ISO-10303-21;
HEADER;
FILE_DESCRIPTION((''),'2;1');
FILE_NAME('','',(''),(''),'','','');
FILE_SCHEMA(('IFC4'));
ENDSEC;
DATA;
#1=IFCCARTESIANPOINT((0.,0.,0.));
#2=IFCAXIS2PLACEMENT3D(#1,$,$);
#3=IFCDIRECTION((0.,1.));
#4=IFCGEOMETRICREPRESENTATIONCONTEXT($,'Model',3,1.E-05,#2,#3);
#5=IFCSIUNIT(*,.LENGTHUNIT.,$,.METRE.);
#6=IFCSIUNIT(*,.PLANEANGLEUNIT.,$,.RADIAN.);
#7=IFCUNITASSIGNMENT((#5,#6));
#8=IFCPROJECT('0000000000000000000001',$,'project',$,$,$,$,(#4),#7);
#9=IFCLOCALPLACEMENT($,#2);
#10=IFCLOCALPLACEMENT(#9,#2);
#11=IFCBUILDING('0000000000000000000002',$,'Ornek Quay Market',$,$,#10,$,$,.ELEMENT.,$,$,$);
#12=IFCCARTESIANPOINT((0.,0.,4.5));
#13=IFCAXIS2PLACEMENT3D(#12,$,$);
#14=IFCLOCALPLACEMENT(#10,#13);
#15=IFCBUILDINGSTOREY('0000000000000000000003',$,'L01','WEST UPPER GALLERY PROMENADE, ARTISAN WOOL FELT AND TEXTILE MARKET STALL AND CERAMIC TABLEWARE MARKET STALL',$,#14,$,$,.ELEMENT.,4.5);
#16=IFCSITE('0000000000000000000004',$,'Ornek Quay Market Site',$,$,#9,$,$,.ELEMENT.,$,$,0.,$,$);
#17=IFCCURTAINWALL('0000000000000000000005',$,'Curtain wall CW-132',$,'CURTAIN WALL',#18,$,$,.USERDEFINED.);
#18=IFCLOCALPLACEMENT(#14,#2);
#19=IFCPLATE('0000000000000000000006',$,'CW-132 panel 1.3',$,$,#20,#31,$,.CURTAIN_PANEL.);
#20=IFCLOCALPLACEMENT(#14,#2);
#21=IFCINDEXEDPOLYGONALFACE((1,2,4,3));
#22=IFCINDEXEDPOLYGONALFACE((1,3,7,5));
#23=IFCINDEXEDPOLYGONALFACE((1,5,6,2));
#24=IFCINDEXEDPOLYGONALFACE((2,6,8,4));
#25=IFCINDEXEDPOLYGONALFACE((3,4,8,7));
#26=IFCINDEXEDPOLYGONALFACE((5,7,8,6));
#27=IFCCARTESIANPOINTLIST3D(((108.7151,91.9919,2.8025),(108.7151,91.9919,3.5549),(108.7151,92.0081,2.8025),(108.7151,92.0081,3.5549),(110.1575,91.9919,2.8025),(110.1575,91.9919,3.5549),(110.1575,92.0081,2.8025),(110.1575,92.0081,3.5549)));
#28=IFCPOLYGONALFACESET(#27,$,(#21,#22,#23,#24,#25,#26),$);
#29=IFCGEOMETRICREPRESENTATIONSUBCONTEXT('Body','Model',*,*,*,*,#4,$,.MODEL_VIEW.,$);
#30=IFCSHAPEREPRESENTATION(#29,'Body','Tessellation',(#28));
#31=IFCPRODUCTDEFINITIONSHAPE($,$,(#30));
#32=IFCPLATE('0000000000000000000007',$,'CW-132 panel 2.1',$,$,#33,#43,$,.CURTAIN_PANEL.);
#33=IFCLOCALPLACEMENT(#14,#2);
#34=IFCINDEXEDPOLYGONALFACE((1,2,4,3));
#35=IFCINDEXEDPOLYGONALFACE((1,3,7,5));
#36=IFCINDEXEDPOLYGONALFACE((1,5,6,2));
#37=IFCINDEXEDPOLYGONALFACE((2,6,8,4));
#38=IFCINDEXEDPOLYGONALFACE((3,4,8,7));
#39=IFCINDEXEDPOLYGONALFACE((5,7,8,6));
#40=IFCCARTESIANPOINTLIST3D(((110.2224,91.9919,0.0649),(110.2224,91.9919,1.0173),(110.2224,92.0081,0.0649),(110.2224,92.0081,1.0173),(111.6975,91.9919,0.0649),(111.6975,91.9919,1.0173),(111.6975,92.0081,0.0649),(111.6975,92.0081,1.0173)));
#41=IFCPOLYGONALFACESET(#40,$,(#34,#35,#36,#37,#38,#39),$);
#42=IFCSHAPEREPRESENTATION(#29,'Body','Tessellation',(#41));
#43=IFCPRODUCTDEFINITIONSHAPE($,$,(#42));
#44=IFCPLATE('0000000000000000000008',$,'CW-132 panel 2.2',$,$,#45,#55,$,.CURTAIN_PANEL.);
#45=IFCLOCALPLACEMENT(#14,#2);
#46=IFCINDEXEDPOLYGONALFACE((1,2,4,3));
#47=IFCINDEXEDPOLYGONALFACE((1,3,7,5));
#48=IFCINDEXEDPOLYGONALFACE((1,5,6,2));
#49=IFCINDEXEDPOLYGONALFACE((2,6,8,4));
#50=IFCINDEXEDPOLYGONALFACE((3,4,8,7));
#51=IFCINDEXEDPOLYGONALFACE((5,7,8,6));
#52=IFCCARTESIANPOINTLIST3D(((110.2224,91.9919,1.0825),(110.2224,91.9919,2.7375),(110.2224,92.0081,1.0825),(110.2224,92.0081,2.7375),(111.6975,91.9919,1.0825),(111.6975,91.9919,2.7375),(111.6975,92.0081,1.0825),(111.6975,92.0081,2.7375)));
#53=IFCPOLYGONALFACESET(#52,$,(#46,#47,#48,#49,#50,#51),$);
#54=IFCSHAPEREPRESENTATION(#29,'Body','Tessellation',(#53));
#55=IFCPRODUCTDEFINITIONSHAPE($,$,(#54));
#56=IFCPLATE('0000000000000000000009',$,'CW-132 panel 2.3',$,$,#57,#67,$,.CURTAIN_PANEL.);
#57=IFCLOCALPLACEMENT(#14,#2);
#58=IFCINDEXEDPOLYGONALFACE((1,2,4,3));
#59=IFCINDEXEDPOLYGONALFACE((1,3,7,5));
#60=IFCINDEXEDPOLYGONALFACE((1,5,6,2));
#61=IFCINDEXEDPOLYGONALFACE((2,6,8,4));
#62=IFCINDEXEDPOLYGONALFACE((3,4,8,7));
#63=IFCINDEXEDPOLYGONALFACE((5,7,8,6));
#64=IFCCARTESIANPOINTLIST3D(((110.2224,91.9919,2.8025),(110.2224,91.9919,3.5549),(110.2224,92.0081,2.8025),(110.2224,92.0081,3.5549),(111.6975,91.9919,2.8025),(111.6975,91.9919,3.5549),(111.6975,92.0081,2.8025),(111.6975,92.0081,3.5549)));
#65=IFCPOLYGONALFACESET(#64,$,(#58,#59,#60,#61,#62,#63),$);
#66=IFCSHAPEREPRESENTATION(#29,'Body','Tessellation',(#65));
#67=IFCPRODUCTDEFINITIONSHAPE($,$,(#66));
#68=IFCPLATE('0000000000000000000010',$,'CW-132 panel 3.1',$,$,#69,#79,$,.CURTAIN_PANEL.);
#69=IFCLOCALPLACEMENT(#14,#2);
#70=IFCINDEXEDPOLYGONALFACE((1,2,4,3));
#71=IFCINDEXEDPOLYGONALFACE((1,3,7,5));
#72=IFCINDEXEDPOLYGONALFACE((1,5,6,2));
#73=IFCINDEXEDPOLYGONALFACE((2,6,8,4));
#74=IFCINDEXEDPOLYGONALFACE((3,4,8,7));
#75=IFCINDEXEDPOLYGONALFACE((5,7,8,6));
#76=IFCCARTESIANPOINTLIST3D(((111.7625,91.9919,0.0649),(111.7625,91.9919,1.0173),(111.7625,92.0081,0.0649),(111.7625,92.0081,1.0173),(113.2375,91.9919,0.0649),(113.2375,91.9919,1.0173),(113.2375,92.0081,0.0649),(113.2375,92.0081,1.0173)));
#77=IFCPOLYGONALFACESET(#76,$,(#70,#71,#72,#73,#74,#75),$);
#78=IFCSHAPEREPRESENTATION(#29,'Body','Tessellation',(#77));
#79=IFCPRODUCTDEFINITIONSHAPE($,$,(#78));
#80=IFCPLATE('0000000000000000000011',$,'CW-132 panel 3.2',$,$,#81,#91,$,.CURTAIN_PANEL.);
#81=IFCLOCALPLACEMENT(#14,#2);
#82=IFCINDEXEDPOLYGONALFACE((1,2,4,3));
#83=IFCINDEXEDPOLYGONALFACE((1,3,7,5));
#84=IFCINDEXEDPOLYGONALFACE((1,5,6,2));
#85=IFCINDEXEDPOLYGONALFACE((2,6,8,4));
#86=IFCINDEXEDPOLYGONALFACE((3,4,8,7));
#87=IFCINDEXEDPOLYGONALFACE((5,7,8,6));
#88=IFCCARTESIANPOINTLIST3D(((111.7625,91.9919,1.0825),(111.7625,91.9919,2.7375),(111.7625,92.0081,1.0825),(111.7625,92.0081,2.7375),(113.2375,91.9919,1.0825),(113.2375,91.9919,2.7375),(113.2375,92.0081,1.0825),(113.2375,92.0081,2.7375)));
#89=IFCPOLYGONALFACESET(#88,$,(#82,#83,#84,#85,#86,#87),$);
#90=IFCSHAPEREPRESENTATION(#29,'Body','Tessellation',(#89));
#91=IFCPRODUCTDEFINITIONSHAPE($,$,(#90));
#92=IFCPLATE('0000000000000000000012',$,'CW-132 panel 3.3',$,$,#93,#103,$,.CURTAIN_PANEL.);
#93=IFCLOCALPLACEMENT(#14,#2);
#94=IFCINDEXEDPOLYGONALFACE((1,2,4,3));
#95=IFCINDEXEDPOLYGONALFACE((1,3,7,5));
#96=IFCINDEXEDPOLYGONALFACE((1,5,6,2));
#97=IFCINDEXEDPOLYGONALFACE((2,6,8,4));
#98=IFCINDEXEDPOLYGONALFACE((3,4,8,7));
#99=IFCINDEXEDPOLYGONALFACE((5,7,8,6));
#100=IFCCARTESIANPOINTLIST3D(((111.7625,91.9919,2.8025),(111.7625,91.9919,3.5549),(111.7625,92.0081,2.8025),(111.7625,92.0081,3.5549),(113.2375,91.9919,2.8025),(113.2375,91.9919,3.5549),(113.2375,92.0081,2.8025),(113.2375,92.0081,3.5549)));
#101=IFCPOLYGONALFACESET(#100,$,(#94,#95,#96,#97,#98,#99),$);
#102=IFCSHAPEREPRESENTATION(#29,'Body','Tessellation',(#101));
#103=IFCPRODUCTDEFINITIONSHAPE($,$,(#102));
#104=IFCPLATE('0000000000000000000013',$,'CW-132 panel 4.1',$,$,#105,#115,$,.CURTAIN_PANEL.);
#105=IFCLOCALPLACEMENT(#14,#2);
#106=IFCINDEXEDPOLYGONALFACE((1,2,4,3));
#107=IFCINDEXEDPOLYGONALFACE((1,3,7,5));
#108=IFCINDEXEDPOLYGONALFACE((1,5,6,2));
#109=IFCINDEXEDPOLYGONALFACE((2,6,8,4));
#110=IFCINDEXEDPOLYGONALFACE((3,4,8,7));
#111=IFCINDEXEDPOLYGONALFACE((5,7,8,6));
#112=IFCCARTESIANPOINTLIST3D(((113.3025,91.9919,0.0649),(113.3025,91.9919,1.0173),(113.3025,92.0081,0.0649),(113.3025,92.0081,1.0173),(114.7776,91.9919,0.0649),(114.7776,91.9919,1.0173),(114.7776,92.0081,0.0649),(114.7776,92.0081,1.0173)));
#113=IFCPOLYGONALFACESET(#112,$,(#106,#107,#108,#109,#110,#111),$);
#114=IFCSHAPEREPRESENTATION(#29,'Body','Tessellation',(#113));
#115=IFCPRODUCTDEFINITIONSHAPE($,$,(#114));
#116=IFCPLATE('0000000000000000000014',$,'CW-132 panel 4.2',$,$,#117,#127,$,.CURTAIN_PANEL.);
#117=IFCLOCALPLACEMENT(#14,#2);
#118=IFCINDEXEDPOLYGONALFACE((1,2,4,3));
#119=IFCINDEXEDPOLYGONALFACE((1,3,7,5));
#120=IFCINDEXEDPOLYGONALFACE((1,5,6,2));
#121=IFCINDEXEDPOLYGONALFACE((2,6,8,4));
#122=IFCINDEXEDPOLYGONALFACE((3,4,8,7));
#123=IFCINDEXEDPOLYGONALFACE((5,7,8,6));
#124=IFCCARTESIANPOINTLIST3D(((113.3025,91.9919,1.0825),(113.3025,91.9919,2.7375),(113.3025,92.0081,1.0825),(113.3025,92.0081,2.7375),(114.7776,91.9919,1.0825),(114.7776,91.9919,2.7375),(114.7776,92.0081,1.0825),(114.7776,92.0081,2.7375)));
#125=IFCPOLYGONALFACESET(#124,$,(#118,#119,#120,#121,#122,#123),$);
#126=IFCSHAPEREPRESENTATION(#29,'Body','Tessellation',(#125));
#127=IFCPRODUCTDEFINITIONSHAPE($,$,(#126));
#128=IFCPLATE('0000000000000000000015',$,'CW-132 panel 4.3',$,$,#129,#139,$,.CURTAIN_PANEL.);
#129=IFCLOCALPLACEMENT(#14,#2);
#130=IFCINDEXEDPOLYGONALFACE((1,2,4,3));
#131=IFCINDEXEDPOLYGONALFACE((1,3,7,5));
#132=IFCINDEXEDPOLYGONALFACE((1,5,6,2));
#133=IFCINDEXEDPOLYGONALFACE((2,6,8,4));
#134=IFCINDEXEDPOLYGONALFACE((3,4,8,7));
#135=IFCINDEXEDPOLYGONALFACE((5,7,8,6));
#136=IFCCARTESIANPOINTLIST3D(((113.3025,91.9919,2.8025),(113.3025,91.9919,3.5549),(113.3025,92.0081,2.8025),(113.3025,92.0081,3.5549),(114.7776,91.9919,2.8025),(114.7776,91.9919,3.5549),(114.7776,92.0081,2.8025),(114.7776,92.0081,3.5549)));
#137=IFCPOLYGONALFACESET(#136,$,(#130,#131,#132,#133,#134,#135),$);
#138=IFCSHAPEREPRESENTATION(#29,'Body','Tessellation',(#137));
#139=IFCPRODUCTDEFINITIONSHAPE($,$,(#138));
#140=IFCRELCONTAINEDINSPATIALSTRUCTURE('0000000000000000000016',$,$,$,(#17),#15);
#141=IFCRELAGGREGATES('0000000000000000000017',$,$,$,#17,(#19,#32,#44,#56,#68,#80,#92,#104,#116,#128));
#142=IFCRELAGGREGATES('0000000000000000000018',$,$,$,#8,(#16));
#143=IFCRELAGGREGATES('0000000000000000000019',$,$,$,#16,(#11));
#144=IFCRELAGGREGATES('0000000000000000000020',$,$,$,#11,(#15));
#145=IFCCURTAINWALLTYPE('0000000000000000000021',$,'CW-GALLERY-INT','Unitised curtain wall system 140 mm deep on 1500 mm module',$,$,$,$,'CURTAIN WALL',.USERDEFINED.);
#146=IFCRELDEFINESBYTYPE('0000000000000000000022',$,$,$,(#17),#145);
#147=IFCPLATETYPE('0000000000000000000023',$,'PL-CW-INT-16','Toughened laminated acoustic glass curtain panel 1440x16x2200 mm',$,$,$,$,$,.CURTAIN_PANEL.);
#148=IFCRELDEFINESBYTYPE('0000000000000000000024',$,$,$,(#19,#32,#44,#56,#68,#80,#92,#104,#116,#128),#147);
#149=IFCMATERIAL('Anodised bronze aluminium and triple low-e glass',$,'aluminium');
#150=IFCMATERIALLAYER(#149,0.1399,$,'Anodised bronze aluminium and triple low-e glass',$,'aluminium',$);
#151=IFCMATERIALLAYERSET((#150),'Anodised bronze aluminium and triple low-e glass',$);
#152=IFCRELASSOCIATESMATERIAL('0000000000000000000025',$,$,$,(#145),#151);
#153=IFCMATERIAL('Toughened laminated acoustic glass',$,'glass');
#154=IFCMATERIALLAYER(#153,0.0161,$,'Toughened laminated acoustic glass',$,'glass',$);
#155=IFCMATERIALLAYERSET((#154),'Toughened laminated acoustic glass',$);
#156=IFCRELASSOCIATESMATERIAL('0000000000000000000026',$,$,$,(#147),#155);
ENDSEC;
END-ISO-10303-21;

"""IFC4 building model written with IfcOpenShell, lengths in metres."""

from ifc_helpers import new_model, si_unit, direction, frame, origin, origin_2d, place, context, subcontext, project, spatial, rectangle, extrude, material, layer, layer_set, type_object, element, aggregate, save


model = new_model("IFC4")

# Units and contexts
model_context = context("Model", 3, precision=1e-05, world=origin(), true_north=direction((0.0, 1.0)))
body_context = subcontext(model_context, "Body", "Model", "MODEL_VIEW")
ifc_project = project(units=[si_unit("LENGTHUNIT", "METRE"), si_unit("PLANEANGLEUNIT", "RADIAN")], contexts=[model_context])

# Site, building, storey
site_placement = place(None, origin())
site = spatial("IfcSite", under=ifc_project, at=site_placement, Name="Ornek Quay Market Site", CompositionType="ELEMENT", RefElevation=0.0)
building_placement = place(site_placement, origin())
building = spatial("IfcBuilding", under=site, at=building_placement, Name="Ornek Quay Market", CompositionType="ELEMENT")
storey_placement = place(building_placement, frame((0.0, 0.0, 4.5)))
storey = spatial("IfcBuildingStorey", under=building, at=storey_placement, Name="L01", Description="WEST UPPER GALLERY PROMENADE, ARTISAN WOOL FELT AND TEXTILE MARKET STALL AND CERAMIC TABLEWARE MARKET STALL", CompositionType="ELEMENT", Elevation=4.5)

# Curtain wall, plates
ifc_material_1 = material(Name="Anodised bronze aluminium and triple low-e glass", Category="aluminium")
ifc_layer_1 = layer(ifc_material_1, 0.1399, Name="Anodised bronze aluminium and triple low-e glass", Category="aluminium")
ifc_layer_set_1 = layer_set([ifc_layer_1], Name="Anodised bronze aluminium and triple low-e glass")
curtain_wall_type = type_object("IfcCurtainWallType", Name="CW-GALLERY-INT", Description="Unitised curtain wall system 140 mm deep on 1500 mm module", ElementType="CURTAIN WALL", PredefinedType="USERDEFINED", material=ifc_layer_set_1)
curtain_wall_placement = place(storey_placement, origin())
curtain_wall = element("IfcCurtainWall", 1, at=curtain_wall_placement, inside=storey, type_object=curtain_wall_type, Name="Curtain wall CW-132", ObjectType="CURTAIN WALL", PredefinedType="USERDEFINED")
ifc_material_2 = material(Name="Toughened laminated acoustic glass", Category="glass")
ifc_layer_2 = layer(ifc_material_2, 0.0161, Name="Toughened laminated acoustic glass", Category="glass")
ifc_layer_set_2 = layer_set([ifc_layer_2], Name="Toughened laminated acoustic glass")
plate_type = type_object("IfcPlateType", Name="PL-CW-INT-16", Description="Toughened laminated acoustic glass curtain panel 1440x16x2200 mm", PredefinedType="CURTAIN_PANEL", material=ifc_layer_set_2)
plate_1_placement = place(storey_placement, frame((109.4363, 92.0, 2.8025), z_axis=(0.0, 0.0, 1.0), x_axis=(1.0, 0.0, 0.0)))
plate_1 = element("IfcPlate", 2, at=plate_1_placement, type_object=plate_type, Name="CW-132 panel 1.3", PredefinedType="CURTAIN_PANEL", context=body_context, shape_type="SweptSolid", body=[
    extrude(rectangle(XDim=1.4424, YDim=0.0161, at=origin_2d()), origin(), (0.0, 0.0, 1.0), 0.7524),
])
plate_2_placement = place(storey_placement, frame((110.96, 92.0, 0.0649), z_axis=(0.0, 0.0, 1.0), x_axis=(1.0, 0.0, 0.0)))
plate_2 = element("IfcPlate", 3, at=plate_2_placement, type_object=plate_type, Name="CW-132 panel 2.1", PredefinedType="CURTAIN_PANEL", context=body_context, shape_type="SweptSolid", body=[
    extrude(rectangle(XDim=1.4751, YDim=0.0161, at=origin_2d()), origin(), (0.0, 0.0, 1.0), 0.9524),
])
plate_3_placement = place(storey_placement, frame((110.96, 92.0, 1.0825), z_axis=(0.0, 0.0, 1.0), x_axis=(1.0, 0.0, 0.0)))
plate_3 = element("IfcPlate", 4, at=plate_3_placement, type_object=plate_type, Name="CW-132 panel 2.2", PredefinedType="CURTAIN_PANEL", context=body_context, shape_type="SweptSolid", body=[
    extrude(rectangle(XDim=1.4751, YDim=0.0161, at=origin_2d()), origin(), (0.0, 0.0, 1.0), 1.655),
])
plate_4_placement = place(storey_placement, frame((110.96, 92.0, 2.8025), z_axis=(0.0, 0.0, 1.0), x_axis=(1.0, 0.0, 0.0)))
plate_4 = element("IfcPlate", 5, at=plate_4_placement, type_object=plate_type, Name="CW-132 panel 2.3", PredefinedType="CURTAIN_PANEL", context=body_context, shape_type="SweptSolid", body=[
    extrude(rectangle(XDim=1.4751, YDim=0.0161, at=origin_2d()), origin(), (0.0, 0.0, 1.0), 0.7524),
])
plate_5_placement = place(storey_placement, frame((112.5, 92.0, 0.0649), z_axis=(0.0, 0.0, 1.0), x_axis=(1.0, 0.0, 0.0)))
plate_5 = element("IfcPlate", 6, at=plate_5_placement, type_object=plate_type, Name="CW-132 panel 3.1", PredefinedType="CURTAIN_PANEL", context=body_context, shape_type="SweptSolid", body=[
    extrude(rectangle(XDim=1.4751, YDim=0.0161, at=origin_2d()), origin(), (0.0, 0.0, 1.0), 0.9524),
])
plate_6_placement = place(storey_placement, frame((112.5, 92.0, 1.0825), z_axis=(0.0, 0.0, 1.0), x_axis=(1.0, 0.0, 0.0)))
plate_6 = element("IfcPlate", 7, at=plate_6_placement, type_object=plate_type, Name="CW-132 panel 3.2", PredefinedType="CURTAIN_PANEL", context=body_context, shape_type="SweptSolid", body=[
    extrude(rectangle(XDim=1.4751, YDim=0.0161, at=origin_2d()), origin(), (0.0, 0.0, 1.0), 1.655),
])
plate_7_placement = place(storey_placement, frame((112.5, 92.0, 2.8025), z_axis=(0.0, 0.0, 1.0), x_axis=(1.0, 0.0, 0.0)))
plate_7 = element("IfcPlate", 8, at=plate_7_placement, type_object=plate_type, Name="CW-132 panel 3.3", PredefinedType="CURTAIN_PANEL", context=body_context, shape_type="SweptSolid", body=[
    extrude(rectangle(XDim=1.4751, YDim=0.0161, at=origin_2d()), origin(), (0.0, 0.0, 1.0), 0.7524),
])
plate_8_placement = place(storey_placement, frame((114.04, 92.0, 0.0649), z_axis=(0.0, 0.0, 1.0), x_axis=(1.0, 0.0, 0.0)))
plate_8 = element("IfcPlate", 9, at=plate_8_placement, type_object=plate_type, Name="CW-132 panel 4.1", PredefinedType="CURTAIN_PANEL", context=body_context, shape_type="SweptSolid", body=[
    extrude(rectangle(XDim=1.4751, YDim=0.0161, at=origin_2d()), origin(), (0.0, 0.0, 1.0), 0.9524),
])
plate_9_placement = place(storey_placement, frame((114.04, 92.0, 1.0825), z_axis=(0.0, 0.0, 1.0), x_axis=(1.0, 0.0, 0.0)))
plate_9 = element("IfcPlate", 10, at=plate_9_placement, type_object=plate_type, Name="CW-132 panel 4.2", PredefinedType="CURTAIN_PANEL", context=body_context, shape_type="SweptSolid", body=[
    extrude(rectangle(XDim=1.4751, YDim=0.0161, at=origin_2d()), origin(), (0.0, 0.0, 1.0), 1.655),
])
plate_10_placement = place(storey_placement, frame((114.04, 92.0, 2.8025), z_axis=(0.0, 0.0, 1.0), x_axis=(1.0, 0.0, 0.0)))
plate_10 = element("IfcPlate", 11, at=plate_10_placement, type_object=plate_type, Name="CW-132 panel 4.3", PredefinedType="CURTAIN_PANEL", context=body_context, shape_type="SweptSolid", body=[
    extrude(rectangle(XDim=1.4751, YDim=0.0161, at=origin_2d()), origin(), (0.0, 0.0, 1.0), 0.7524),
])
aggregate(curtain_wall, [plate_1, plate_2, plate_3, plate_4, plate_5, plate_6, plate_7, plate_8, plate_9, plate_10])

save(model, "model.ifc")
